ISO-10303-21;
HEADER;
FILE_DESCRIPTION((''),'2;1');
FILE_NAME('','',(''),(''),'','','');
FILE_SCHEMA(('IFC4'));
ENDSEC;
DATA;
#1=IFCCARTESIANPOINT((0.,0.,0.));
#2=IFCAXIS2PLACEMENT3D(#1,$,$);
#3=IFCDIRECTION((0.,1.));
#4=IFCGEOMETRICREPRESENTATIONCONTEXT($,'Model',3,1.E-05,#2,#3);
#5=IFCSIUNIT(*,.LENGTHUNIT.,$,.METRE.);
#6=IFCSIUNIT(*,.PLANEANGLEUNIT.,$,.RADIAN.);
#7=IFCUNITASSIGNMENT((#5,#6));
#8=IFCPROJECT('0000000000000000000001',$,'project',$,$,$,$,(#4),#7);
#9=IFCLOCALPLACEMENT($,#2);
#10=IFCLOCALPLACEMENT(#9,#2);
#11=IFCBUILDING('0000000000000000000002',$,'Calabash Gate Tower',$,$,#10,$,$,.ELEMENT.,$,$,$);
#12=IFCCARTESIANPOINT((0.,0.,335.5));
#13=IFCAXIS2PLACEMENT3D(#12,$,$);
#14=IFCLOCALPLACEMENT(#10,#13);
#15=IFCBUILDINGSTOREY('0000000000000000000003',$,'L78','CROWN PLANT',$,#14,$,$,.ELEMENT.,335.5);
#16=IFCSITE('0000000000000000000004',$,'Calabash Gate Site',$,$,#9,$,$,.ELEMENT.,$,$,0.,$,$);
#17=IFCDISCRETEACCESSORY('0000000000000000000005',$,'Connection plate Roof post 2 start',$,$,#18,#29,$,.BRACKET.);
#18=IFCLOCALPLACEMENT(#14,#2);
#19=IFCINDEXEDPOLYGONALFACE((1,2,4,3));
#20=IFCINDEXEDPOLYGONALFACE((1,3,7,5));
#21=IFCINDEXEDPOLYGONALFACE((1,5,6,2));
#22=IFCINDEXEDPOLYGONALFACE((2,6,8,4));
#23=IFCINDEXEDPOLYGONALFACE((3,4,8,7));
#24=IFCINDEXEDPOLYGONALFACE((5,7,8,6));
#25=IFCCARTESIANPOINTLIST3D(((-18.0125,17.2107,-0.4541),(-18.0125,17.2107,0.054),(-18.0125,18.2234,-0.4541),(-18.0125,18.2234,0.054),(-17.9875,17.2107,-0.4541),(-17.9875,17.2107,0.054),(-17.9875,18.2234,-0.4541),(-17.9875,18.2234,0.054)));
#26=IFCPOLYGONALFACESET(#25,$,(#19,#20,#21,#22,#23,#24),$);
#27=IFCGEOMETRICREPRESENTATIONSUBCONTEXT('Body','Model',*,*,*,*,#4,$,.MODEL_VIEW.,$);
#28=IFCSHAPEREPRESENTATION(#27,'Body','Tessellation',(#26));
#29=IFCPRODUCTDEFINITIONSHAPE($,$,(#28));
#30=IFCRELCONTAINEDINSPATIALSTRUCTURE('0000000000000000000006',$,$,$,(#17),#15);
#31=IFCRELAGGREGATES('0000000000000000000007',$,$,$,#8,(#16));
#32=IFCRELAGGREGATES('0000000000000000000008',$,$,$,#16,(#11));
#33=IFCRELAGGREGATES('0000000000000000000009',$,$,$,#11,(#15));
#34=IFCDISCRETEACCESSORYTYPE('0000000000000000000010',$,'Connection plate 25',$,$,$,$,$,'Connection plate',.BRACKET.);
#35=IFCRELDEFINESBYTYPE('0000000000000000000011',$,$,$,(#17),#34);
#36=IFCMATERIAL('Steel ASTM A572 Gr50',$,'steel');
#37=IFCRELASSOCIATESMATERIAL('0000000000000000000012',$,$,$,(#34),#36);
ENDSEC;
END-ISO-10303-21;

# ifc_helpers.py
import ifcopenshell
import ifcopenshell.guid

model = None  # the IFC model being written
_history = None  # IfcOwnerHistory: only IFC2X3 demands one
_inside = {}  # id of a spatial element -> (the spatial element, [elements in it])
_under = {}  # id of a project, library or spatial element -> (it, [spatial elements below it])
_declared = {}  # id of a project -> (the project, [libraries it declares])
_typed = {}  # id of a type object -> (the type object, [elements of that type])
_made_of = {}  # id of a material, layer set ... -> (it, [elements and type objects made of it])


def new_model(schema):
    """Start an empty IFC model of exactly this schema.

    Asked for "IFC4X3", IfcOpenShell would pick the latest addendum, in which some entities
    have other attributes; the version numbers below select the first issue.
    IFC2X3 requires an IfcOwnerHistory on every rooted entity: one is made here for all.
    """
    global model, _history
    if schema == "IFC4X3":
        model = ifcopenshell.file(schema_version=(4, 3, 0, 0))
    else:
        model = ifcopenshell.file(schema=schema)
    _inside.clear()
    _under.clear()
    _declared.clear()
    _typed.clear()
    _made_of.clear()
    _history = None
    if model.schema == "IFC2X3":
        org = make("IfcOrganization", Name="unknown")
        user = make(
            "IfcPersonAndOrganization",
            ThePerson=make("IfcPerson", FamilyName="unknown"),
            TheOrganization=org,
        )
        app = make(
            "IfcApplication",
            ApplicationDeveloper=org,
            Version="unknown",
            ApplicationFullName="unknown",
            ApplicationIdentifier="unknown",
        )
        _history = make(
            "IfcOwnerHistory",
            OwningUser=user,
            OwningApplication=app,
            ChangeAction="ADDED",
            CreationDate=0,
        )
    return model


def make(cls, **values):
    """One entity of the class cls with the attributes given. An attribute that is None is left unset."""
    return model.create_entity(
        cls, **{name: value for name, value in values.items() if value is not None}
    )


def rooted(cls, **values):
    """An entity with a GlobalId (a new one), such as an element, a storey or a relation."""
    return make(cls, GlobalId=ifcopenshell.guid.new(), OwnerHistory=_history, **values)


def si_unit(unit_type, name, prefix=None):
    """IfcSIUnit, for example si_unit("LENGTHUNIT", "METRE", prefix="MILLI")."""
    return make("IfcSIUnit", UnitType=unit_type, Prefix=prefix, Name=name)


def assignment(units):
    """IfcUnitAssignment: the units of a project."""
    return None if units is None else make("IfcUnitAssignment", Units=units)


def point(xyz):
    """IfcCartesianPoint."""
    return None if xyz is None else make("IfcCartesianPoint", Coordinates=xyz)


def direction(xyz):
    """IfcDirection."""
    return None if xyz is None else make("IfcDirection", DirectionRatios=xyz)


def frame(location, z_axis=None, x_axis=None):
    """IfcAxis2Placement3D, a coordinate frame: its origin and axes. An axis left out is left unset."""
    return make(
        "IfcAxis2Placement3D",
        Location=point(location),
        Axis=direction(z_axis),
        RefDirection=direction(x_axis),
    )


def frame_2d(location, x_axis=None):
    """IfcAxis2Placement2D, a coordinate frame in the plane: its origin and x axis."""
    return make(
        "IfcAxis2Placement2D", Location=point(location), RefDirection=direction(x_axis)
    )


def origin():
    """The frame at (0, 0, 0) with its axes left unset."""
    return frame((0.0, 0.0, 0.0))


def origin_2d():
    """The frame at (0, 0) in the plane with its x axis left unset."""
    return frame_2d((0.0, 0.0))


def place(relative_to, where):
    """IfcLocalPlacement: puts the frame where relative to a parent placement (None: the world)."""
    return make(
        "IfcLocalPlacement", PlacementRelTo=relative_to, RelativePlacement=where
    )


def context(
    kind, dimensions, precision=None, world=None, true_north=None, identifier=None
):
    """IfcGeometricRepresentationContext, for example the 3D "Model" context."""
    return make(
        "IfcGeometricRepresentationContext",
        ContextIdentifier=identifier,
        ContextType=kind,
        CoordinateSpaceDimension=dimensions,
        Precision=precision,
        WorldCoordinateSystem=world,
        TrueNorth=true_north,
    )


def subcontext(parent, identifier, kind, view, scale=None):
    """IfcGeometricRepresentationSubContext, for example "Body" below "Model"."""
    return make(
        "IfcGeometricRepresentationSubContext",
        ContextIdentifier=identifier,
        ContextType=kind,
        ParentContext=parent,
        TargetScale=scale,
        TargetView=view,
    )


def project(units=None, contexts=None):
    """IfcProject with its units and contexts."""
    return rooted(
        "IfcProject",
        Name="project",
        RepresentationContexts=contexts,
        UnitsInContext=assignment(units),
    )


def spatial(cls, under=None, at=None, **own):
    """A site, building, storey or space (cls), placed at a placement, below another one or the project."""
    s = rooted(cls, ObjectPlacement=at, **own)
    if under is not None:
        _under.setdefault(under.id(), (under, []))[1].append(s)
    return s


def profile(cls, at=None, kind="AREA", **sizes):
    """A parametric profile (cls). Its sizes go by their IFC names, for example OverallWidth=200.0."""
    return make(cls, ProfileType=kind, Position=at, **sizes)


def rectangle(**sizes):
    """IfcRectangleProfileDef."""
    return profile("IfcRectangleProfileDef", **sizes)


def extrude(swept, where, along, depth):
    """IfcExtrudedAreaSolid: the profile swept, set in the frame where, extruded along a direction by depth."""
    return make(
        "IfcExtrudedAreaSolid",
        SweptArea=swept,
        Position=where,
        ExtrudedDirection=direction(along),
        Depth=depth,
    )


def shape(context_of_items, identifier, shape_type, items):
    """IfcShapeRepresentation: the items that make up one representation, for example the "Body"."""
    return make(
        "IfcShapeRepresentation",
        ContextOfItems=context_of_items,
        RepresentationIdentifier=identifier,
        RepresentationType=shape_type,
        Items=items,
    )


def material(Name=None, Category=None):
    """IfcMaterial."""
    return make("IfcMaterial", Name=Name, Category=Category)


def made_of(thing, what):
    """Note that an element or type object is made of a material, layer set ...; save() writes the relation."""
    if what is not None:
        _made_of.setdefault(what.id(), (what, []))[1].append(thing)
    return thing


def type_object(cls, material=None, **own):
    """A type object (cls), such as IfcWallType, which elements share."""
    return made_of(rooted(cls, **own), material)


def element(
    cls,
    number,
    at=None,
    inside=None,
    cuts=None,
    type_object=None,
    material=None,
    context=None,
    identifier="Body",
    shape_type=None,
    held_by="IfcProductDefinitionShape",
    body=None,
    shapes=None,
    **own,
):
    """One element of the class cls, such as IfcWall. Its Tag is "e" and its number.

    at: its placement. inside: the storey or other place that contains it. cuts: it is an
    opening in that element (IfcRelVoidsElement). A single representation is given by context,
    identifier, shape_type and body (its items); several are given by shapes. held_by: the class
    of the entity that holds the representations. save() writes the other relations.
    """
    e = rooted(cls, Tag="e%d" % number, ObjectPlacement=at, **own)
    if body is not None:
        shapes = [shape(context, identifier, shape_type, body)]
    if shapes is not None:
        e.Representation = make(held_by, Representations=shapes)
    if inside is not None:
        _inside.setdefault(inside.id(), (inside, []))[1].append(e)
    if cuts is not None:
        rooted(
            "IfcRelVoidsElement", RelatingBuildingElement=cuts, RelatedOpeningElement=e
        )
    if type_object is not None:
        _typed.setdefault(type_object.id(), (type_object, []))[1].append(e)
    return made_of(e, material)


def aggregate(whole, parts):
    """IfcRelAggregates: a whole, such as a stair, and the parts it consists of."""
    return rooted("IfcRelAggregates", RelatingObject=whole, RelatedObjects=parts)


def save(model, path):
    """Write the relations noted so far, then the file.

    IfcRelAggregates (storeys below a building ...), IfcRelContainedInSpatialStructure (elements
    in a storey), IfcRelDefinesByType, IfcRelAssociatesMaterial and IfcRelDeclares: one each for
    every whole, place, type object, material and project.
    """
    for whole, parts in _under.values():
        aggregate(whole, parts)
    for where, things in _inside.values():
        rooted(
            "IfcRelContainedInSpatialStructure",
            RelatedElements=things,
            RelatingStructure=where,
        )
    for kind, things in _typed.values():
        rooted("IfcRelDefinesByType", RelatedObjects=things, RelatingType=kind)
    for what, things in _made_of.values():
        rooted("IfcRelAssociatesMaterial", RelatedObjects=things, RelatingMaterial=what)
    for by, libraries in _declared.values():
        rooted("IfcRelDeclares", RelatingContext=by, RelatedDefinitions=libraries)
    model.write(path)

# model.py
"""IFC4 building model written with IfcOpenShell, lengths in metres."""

from ifc_helpers import new_model, si_unit, direction, frame, origin, origin_2d, place, context, subcontext, project, spatial, rectangle, extrude, material, type_object, element, save


model = new_model("IFC4")

# Units and contexts
model_context = context("Model", 3, precision=1e-05, world=origin(), true_north=direction((0.0, 1.0)))
body_context = subcontext(model_context, "Body", "Model", "MODEL_VIEW")
ifc_project = project(units=[si_unit("LENGTHUNIT", "METRE"), si_unit("PLANEANGLEUNIT", "RADIAN")], contexts=[model_context])

# Site, building, storey
site_placement = place(None, origin())
site = spatial("IfcSite", under=ifc_project, at=site_placement, Name="Calabash Gate Site", CompositionType="ELEMENT", RefElevation=0.0)
building_placement = place(site_placement, origin())
building = spatial("IfcBuilding", under=site, at=building_placement, Name="Calabash Gate Tower", CompositionType="ELEMENT")
storey_placement = place(building_placement, frame((0.0, 0.0, 335.5)))
storey = spatial("IfcBuildingStorey", under=building, at=storey_placement, Name="L78", Description="CROWN PLANT", CompositionType="ELEMENT", Elevation=335.5)

# Discrete accessory
ifc_material_1 = material(Name="Steel ASTM A572 Gr50", Category="steel")
discrete_accessory_type = type_object("IfcDiscreteAccessoryType", Name="Connection plate 25", ElementType="Connection plate", PredefinedType="BRACKET", material=ifc_material_1)
discrete_accessory_placement = place(storey_placement, frame((-18.0, 17.717, -0.4541), z_axis=(0.0, 0.0, 1.0), x_axis=(0.0, 1.0, 0.0)))
element("IfcDiscreteAccessory", 1, at=discrete_accessory_placement, inside=storey, type_object=discrete_accessory_type, Name="Connection plate Roof post 2 start", PredefinedType="BRACKET", context=body_context, shape_type="SweptSolid", body=[
    extrude(rectangle(XDim=1.0127, YDim=0.0249, at=origin_2d()), origin(), (0.0, 0.0, 1.0), 0.5081),
])

save(model, "model.ifc")
